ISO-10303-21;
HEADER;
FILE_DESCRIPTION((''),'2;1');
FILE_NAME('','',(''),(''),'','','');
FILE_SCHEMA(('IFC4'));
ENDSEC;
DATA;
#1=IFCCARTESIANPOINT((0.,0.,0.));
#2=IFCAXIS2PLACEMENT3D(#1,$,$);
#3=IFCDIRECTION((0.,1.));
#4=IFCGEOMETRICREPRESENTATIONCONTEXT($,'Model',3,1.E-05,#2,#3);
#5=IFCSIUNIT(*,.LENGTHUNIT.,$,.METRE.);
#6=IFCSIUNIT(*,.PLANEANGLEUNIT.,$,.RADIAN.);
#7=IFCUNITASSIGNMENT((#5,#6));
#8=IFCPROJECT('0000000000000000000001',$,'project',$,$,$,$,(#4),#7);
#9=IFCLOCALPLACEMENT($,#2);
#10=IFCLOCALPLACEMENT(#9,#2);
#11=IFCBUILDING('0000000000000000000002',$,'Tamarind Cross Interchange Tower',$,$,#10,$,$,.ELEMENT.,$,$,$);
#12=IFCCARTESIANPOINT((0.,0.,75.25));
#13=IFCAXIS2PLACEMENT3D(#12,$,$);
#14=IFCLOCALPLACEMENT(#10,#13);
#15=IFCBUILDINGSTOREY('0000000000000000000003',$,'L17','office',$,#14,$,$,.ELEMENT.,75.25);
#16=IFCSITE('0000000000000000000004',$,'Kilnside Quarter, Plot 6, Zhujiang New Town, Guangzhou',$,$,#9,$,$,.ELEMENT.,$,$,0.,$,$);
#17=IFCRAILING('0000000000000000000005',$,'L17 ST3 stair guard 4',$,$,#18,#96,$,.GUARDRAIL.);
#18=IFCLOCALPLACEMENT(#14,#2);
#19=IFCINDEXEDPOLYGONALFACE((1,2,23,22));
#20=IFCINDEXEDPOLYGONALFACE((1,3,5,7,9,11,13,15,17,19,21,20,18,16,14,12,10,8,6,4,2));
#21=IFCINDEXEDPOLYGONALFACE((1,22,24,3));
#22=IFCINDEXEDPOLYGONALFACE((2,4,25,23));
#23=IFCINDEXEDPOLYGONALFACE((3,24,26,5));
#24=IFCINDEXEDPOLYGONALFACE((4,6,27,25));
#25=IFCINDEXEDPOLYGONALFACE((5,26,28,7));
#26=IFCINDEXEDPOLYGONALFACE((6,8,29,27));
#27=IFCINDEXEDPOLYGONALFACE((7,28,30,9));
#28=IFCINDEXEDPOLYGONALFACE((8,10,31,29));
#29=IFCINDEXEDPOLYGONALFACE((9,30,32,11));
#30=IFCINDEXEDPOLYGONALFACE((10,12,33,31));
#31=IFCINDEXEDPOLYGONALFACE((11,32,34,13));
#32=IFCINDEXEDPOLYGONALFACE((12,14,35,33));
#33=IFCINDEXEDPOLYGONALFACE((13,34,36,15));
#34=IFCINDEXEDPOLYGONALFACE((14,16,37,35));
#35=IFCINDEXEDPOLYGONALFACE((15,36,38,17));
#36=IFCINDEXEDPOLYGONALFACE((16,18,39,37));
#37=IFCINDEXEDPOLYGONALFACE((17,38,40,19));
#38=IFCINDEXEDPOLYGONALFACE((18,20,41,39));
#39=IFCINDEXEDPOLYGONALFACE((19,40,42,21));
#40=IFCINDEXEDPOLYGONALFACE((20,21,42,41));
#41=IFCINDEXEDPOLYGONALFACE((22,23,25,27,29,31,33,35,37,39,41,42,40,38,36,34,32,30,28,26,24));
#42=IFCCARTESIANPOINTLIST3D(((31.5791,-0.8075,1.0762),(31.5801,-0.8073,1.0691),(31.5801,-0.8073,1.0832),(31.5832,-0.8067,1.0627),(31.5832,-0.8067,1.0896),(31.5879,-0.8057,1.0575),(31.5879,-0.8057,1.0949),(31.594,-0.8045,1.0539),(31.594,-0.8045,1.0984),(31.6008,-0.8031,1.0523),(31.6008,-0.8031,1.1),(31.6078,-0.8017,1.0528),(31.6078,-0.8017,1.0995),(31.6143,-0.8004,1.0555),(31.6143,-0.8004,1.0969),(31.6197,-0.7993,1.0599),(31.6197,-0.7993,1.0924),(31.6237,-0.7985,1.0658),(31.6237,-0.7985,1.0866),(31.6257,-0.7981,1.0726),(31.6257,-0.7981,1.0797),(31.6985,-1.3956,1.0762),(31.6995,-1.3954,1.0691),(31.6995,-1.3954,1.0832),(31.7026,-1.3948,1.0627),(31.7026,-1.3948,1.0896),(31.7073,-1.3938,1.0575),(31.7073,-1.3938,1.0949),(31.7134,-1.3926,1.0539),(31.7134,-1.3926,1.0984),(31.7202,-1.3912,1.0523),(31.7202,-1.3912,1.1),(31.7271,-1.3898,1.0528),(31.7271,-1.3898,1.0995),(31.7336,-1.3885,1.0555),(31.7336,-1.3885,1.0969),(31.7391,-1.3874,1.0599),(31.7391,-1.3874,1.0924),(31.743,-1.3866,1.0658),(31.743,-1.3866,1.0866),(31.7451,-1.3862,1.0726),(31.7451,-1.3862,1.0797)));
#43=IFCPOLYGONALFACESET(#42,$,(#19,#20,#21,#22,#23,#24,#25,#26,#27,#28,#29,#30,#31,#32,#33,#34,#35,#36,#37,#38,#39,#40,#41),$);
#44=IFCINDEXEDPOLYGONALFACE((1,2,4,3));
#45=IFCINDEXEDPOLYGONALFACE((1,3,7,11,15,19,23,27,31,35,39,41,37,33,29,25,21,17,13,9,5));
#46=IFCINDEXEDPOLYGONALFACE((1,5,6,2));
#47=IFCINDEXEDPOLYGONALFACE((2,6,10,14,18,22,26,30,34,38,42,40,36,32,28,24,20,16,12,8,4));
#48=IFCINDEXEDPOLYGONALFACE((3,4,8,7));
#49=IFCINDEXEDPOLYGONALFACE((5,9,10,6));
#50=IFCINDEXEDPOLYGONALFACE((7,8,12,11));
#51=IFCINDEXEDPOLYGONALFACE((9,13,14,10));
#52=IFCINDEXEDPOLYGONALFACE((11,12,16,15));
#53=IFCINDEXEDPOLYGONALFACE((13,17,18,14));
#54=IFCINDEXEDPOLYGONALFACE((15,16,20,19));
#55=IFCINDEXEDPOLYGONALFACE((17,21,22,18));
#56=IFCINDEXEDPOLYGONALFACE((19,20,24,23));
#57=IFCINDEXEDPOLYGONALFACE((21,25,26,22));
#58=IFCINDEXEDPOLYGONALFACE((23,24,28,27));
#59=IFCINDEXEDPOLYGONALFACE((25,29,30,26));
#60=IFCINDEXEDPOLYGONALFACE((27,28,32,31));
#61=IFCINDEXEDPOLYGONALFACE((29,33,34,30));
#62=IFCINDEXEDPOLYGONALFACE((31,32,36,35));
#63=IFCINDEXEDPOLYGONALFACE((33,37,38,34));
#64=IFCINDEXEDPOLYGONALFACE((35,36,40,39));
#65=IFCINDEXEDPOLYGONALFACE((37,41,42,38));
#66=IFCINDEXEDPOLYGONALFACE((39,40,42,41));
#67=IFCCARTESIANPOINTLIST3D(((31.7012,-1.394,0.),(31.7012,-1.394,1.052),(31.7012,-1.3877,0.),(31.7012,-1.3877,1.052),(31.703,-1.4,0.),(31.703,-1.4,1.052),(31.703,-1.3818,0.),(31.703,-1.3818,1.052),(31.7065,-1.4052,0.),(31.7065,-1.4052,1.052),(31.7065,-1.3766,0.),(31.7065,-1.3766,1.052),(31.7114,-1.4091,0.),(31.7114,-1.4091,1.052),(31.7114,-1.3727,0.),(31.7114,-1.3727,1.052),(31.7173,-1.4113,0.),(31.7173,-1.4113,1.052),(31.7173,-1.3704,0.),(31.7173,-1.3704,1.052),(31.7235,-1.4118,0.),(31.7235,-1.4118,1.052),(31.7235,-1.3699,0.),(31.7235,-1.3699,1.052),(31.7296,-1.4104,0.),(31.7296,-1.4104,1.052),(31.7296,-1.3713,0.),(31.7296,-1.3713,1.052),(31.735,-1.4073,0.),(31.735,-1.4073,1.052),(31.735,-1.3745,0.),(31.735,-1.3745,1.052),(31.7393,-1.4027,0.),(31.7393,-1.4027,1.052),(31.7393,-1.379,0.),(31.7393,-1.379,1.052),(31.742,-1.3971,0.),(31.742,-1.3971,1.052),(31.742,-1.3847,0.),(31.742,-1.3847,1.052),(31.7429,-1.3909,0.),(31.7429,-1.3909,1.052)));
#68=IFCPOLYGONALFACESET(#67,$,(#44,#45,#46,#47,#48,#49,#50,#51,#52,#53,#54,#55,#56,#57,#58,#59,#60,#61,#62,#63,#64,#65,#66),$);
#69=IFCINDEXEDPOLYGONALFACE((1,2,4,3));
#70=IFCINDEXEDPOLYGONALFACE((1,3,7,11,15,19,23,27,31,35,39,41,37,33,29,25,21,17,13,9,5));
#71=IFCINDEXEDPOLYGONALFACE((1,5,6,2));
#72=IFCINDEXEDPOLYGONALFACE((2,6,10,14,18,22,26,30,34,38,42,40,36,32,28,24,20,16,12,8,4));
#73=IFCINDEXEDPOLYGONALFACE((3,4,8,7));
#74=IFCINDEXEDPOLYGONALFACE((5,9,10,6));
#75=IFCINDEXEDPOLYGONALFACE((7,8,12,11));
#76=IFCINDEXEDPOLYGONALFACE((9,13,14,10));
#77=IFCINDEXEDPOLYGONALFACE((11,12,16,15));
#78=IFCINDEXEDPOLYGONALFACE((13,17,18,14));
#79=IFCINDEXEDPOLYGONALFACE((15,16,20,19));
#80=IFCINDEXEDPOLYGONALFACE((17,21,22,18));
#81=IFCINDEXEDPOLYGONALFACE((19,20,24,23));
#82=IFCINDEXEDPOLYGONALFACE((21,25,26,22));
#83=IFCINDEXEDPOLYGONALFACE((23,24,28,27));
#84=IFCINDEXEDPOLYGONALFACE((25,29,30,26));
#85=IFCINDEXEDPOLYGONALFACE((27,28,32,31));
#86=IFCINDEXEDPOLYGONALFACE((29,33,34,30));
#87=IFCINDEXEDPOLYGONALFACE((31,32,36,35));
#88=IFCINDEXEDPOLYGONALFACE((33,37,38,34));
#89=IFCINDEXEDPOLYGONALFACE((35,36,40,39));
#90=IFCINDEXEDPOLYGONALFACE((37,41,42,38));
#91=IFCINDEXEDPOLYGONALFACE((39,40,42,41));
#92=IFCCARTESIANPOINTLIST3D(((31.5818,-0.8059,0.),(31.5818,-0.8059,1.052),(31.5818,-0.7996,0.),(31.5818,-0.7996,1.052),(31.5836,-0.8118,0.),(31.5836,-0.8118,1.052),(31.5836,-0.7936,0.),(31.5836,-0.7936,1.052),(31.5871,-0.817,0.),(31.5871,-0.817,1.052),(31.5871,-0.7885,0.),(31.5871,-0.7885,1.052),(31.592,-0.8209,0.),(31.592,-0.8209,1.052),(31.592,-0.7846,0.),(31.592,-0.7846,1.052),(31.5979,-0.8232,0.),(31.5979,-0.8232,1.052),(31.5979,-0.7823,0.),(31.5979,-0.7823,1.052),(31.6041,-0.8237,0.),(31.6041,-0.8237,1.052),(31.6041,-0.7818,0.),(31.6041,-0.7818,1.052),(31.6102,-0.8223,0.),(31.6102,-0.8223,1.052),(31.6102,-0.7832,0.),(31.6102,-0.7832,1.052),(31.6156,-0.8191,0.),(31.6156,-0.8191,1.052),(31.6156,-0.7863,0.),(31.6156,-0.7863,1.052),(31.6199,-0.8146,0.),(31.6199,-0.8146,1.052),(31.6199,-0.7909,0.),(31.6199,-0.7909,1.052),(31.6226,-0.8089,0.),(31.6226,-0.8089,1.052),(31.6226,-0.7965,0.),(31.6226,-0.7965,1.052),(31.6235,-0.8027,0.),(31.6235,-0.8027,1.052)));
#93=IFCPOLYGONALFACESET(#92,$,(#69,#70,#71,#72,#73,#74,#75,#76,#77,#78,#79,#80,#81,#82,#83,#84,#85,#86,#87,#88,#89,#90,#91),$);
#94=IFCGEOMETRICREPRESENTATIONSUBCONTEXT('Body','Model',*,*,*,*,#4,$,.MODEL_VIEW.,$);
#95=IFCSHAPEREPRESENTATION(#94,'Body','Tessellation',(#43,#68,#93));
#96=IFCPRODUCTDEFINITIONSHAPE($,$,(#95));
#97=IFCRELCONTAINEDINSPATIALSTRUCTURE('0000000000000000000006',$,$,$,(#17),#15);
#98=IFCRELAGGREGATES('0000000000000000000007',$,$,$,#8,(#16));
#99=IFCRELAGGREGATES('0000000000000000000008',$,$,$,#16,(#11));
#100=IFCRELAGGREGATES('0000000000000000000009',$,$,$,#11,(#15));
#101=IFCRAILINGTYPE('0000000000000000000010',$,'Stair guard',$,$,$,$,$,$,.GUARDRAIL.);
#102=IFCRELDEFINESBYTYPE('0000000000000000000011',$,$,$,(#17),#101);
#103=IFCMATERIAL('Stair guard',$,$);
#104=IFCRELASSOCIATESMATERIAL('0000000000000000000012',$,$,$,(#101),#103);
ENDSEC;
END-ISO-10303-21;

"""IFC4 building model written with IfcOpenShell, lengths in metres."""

from ifc_helpers import new_model, si_unit, direction, frame, origin, origin_2d, place, context, subcontext, project, spatial, circle, extrude, material, type_object, element, save


model = new_model("IFC4")

# Units and contexts
model_context = context("Model", 3, precision=1e-05, world=origin(), true_north=direction((0.0, 1.0)))
body_context = subcontext(model_context, "Body", "Model", "MODEL_VIEW")
ifc_project = project(units=[si_unit("LENGTHUNIT", "METRE"), si_unit("PLANEANGLEUNIT", "RADIAN")], contexts=[model_context])

# Site, building, storey
site_placement = place(None, origin())
site = spatial("IfcSite", under=ifc_project, at=site_placement, Name="Kilnside Quarter, Plot 6, Zhujiang New Town, Guangzhou", CompositionType="ELEMENT", RefElevation=0.0)
building_placement = place(site_placement, origin())
building = spatial("IfcBuilding", under=site, at=building_placement, Name="Tamarind Cross Interchange Tower", CompositionType="ELEMENT")
storey_placement = place(building_placement, frame((0.0, 0.0, 75.25)))
storey = spatial("IfcBuildingStorey", under=building, at=storey_placement, Name="L17", Description="office", CompositionType="ELEMENT", Elevation=75.25)

# Railing
ifc_material_1 = material(Name="Stair guard")
railing_type_1 = type_object("IfcRailingType", Name="Stair guard", PredefinedType="GUARDRAIL", material=ifc_material_1)
railing_1_placement = place(storey_placement, frame((31.7219, -1.3909, 0.0)))
element("IfcRailing", 1, at=railing_1_placement, inside=storey, type_object=railing_type_1, Name="L17 ST3 stair guard 4", PredefinedType="GUARDRAIL", context=body_context, shape_type="SweptSolid", body=[
    extrude(circle(Radius=0.0239, at=origin_2d()), frame((0.0, 0.0, 1.0762), z_axis=(-0.198932, 0.980013, 0.0), x_axis=(-0.980013, -0.198932, 0.0)), (0.0, 0.0, 1.0), 0.6001),
    extrude(circle(Radius=0.021, at=origin_2d()), origin(), (0.0, 0.0, 1.0), 1.052),
    extrude(circle(Radius=0.021, at=origin_2d()), frame((-0.1194, 0.5881, 0.0)), (0.0, 0.0, 1.0), 1.052),
])

save(model, "model.ifc")
